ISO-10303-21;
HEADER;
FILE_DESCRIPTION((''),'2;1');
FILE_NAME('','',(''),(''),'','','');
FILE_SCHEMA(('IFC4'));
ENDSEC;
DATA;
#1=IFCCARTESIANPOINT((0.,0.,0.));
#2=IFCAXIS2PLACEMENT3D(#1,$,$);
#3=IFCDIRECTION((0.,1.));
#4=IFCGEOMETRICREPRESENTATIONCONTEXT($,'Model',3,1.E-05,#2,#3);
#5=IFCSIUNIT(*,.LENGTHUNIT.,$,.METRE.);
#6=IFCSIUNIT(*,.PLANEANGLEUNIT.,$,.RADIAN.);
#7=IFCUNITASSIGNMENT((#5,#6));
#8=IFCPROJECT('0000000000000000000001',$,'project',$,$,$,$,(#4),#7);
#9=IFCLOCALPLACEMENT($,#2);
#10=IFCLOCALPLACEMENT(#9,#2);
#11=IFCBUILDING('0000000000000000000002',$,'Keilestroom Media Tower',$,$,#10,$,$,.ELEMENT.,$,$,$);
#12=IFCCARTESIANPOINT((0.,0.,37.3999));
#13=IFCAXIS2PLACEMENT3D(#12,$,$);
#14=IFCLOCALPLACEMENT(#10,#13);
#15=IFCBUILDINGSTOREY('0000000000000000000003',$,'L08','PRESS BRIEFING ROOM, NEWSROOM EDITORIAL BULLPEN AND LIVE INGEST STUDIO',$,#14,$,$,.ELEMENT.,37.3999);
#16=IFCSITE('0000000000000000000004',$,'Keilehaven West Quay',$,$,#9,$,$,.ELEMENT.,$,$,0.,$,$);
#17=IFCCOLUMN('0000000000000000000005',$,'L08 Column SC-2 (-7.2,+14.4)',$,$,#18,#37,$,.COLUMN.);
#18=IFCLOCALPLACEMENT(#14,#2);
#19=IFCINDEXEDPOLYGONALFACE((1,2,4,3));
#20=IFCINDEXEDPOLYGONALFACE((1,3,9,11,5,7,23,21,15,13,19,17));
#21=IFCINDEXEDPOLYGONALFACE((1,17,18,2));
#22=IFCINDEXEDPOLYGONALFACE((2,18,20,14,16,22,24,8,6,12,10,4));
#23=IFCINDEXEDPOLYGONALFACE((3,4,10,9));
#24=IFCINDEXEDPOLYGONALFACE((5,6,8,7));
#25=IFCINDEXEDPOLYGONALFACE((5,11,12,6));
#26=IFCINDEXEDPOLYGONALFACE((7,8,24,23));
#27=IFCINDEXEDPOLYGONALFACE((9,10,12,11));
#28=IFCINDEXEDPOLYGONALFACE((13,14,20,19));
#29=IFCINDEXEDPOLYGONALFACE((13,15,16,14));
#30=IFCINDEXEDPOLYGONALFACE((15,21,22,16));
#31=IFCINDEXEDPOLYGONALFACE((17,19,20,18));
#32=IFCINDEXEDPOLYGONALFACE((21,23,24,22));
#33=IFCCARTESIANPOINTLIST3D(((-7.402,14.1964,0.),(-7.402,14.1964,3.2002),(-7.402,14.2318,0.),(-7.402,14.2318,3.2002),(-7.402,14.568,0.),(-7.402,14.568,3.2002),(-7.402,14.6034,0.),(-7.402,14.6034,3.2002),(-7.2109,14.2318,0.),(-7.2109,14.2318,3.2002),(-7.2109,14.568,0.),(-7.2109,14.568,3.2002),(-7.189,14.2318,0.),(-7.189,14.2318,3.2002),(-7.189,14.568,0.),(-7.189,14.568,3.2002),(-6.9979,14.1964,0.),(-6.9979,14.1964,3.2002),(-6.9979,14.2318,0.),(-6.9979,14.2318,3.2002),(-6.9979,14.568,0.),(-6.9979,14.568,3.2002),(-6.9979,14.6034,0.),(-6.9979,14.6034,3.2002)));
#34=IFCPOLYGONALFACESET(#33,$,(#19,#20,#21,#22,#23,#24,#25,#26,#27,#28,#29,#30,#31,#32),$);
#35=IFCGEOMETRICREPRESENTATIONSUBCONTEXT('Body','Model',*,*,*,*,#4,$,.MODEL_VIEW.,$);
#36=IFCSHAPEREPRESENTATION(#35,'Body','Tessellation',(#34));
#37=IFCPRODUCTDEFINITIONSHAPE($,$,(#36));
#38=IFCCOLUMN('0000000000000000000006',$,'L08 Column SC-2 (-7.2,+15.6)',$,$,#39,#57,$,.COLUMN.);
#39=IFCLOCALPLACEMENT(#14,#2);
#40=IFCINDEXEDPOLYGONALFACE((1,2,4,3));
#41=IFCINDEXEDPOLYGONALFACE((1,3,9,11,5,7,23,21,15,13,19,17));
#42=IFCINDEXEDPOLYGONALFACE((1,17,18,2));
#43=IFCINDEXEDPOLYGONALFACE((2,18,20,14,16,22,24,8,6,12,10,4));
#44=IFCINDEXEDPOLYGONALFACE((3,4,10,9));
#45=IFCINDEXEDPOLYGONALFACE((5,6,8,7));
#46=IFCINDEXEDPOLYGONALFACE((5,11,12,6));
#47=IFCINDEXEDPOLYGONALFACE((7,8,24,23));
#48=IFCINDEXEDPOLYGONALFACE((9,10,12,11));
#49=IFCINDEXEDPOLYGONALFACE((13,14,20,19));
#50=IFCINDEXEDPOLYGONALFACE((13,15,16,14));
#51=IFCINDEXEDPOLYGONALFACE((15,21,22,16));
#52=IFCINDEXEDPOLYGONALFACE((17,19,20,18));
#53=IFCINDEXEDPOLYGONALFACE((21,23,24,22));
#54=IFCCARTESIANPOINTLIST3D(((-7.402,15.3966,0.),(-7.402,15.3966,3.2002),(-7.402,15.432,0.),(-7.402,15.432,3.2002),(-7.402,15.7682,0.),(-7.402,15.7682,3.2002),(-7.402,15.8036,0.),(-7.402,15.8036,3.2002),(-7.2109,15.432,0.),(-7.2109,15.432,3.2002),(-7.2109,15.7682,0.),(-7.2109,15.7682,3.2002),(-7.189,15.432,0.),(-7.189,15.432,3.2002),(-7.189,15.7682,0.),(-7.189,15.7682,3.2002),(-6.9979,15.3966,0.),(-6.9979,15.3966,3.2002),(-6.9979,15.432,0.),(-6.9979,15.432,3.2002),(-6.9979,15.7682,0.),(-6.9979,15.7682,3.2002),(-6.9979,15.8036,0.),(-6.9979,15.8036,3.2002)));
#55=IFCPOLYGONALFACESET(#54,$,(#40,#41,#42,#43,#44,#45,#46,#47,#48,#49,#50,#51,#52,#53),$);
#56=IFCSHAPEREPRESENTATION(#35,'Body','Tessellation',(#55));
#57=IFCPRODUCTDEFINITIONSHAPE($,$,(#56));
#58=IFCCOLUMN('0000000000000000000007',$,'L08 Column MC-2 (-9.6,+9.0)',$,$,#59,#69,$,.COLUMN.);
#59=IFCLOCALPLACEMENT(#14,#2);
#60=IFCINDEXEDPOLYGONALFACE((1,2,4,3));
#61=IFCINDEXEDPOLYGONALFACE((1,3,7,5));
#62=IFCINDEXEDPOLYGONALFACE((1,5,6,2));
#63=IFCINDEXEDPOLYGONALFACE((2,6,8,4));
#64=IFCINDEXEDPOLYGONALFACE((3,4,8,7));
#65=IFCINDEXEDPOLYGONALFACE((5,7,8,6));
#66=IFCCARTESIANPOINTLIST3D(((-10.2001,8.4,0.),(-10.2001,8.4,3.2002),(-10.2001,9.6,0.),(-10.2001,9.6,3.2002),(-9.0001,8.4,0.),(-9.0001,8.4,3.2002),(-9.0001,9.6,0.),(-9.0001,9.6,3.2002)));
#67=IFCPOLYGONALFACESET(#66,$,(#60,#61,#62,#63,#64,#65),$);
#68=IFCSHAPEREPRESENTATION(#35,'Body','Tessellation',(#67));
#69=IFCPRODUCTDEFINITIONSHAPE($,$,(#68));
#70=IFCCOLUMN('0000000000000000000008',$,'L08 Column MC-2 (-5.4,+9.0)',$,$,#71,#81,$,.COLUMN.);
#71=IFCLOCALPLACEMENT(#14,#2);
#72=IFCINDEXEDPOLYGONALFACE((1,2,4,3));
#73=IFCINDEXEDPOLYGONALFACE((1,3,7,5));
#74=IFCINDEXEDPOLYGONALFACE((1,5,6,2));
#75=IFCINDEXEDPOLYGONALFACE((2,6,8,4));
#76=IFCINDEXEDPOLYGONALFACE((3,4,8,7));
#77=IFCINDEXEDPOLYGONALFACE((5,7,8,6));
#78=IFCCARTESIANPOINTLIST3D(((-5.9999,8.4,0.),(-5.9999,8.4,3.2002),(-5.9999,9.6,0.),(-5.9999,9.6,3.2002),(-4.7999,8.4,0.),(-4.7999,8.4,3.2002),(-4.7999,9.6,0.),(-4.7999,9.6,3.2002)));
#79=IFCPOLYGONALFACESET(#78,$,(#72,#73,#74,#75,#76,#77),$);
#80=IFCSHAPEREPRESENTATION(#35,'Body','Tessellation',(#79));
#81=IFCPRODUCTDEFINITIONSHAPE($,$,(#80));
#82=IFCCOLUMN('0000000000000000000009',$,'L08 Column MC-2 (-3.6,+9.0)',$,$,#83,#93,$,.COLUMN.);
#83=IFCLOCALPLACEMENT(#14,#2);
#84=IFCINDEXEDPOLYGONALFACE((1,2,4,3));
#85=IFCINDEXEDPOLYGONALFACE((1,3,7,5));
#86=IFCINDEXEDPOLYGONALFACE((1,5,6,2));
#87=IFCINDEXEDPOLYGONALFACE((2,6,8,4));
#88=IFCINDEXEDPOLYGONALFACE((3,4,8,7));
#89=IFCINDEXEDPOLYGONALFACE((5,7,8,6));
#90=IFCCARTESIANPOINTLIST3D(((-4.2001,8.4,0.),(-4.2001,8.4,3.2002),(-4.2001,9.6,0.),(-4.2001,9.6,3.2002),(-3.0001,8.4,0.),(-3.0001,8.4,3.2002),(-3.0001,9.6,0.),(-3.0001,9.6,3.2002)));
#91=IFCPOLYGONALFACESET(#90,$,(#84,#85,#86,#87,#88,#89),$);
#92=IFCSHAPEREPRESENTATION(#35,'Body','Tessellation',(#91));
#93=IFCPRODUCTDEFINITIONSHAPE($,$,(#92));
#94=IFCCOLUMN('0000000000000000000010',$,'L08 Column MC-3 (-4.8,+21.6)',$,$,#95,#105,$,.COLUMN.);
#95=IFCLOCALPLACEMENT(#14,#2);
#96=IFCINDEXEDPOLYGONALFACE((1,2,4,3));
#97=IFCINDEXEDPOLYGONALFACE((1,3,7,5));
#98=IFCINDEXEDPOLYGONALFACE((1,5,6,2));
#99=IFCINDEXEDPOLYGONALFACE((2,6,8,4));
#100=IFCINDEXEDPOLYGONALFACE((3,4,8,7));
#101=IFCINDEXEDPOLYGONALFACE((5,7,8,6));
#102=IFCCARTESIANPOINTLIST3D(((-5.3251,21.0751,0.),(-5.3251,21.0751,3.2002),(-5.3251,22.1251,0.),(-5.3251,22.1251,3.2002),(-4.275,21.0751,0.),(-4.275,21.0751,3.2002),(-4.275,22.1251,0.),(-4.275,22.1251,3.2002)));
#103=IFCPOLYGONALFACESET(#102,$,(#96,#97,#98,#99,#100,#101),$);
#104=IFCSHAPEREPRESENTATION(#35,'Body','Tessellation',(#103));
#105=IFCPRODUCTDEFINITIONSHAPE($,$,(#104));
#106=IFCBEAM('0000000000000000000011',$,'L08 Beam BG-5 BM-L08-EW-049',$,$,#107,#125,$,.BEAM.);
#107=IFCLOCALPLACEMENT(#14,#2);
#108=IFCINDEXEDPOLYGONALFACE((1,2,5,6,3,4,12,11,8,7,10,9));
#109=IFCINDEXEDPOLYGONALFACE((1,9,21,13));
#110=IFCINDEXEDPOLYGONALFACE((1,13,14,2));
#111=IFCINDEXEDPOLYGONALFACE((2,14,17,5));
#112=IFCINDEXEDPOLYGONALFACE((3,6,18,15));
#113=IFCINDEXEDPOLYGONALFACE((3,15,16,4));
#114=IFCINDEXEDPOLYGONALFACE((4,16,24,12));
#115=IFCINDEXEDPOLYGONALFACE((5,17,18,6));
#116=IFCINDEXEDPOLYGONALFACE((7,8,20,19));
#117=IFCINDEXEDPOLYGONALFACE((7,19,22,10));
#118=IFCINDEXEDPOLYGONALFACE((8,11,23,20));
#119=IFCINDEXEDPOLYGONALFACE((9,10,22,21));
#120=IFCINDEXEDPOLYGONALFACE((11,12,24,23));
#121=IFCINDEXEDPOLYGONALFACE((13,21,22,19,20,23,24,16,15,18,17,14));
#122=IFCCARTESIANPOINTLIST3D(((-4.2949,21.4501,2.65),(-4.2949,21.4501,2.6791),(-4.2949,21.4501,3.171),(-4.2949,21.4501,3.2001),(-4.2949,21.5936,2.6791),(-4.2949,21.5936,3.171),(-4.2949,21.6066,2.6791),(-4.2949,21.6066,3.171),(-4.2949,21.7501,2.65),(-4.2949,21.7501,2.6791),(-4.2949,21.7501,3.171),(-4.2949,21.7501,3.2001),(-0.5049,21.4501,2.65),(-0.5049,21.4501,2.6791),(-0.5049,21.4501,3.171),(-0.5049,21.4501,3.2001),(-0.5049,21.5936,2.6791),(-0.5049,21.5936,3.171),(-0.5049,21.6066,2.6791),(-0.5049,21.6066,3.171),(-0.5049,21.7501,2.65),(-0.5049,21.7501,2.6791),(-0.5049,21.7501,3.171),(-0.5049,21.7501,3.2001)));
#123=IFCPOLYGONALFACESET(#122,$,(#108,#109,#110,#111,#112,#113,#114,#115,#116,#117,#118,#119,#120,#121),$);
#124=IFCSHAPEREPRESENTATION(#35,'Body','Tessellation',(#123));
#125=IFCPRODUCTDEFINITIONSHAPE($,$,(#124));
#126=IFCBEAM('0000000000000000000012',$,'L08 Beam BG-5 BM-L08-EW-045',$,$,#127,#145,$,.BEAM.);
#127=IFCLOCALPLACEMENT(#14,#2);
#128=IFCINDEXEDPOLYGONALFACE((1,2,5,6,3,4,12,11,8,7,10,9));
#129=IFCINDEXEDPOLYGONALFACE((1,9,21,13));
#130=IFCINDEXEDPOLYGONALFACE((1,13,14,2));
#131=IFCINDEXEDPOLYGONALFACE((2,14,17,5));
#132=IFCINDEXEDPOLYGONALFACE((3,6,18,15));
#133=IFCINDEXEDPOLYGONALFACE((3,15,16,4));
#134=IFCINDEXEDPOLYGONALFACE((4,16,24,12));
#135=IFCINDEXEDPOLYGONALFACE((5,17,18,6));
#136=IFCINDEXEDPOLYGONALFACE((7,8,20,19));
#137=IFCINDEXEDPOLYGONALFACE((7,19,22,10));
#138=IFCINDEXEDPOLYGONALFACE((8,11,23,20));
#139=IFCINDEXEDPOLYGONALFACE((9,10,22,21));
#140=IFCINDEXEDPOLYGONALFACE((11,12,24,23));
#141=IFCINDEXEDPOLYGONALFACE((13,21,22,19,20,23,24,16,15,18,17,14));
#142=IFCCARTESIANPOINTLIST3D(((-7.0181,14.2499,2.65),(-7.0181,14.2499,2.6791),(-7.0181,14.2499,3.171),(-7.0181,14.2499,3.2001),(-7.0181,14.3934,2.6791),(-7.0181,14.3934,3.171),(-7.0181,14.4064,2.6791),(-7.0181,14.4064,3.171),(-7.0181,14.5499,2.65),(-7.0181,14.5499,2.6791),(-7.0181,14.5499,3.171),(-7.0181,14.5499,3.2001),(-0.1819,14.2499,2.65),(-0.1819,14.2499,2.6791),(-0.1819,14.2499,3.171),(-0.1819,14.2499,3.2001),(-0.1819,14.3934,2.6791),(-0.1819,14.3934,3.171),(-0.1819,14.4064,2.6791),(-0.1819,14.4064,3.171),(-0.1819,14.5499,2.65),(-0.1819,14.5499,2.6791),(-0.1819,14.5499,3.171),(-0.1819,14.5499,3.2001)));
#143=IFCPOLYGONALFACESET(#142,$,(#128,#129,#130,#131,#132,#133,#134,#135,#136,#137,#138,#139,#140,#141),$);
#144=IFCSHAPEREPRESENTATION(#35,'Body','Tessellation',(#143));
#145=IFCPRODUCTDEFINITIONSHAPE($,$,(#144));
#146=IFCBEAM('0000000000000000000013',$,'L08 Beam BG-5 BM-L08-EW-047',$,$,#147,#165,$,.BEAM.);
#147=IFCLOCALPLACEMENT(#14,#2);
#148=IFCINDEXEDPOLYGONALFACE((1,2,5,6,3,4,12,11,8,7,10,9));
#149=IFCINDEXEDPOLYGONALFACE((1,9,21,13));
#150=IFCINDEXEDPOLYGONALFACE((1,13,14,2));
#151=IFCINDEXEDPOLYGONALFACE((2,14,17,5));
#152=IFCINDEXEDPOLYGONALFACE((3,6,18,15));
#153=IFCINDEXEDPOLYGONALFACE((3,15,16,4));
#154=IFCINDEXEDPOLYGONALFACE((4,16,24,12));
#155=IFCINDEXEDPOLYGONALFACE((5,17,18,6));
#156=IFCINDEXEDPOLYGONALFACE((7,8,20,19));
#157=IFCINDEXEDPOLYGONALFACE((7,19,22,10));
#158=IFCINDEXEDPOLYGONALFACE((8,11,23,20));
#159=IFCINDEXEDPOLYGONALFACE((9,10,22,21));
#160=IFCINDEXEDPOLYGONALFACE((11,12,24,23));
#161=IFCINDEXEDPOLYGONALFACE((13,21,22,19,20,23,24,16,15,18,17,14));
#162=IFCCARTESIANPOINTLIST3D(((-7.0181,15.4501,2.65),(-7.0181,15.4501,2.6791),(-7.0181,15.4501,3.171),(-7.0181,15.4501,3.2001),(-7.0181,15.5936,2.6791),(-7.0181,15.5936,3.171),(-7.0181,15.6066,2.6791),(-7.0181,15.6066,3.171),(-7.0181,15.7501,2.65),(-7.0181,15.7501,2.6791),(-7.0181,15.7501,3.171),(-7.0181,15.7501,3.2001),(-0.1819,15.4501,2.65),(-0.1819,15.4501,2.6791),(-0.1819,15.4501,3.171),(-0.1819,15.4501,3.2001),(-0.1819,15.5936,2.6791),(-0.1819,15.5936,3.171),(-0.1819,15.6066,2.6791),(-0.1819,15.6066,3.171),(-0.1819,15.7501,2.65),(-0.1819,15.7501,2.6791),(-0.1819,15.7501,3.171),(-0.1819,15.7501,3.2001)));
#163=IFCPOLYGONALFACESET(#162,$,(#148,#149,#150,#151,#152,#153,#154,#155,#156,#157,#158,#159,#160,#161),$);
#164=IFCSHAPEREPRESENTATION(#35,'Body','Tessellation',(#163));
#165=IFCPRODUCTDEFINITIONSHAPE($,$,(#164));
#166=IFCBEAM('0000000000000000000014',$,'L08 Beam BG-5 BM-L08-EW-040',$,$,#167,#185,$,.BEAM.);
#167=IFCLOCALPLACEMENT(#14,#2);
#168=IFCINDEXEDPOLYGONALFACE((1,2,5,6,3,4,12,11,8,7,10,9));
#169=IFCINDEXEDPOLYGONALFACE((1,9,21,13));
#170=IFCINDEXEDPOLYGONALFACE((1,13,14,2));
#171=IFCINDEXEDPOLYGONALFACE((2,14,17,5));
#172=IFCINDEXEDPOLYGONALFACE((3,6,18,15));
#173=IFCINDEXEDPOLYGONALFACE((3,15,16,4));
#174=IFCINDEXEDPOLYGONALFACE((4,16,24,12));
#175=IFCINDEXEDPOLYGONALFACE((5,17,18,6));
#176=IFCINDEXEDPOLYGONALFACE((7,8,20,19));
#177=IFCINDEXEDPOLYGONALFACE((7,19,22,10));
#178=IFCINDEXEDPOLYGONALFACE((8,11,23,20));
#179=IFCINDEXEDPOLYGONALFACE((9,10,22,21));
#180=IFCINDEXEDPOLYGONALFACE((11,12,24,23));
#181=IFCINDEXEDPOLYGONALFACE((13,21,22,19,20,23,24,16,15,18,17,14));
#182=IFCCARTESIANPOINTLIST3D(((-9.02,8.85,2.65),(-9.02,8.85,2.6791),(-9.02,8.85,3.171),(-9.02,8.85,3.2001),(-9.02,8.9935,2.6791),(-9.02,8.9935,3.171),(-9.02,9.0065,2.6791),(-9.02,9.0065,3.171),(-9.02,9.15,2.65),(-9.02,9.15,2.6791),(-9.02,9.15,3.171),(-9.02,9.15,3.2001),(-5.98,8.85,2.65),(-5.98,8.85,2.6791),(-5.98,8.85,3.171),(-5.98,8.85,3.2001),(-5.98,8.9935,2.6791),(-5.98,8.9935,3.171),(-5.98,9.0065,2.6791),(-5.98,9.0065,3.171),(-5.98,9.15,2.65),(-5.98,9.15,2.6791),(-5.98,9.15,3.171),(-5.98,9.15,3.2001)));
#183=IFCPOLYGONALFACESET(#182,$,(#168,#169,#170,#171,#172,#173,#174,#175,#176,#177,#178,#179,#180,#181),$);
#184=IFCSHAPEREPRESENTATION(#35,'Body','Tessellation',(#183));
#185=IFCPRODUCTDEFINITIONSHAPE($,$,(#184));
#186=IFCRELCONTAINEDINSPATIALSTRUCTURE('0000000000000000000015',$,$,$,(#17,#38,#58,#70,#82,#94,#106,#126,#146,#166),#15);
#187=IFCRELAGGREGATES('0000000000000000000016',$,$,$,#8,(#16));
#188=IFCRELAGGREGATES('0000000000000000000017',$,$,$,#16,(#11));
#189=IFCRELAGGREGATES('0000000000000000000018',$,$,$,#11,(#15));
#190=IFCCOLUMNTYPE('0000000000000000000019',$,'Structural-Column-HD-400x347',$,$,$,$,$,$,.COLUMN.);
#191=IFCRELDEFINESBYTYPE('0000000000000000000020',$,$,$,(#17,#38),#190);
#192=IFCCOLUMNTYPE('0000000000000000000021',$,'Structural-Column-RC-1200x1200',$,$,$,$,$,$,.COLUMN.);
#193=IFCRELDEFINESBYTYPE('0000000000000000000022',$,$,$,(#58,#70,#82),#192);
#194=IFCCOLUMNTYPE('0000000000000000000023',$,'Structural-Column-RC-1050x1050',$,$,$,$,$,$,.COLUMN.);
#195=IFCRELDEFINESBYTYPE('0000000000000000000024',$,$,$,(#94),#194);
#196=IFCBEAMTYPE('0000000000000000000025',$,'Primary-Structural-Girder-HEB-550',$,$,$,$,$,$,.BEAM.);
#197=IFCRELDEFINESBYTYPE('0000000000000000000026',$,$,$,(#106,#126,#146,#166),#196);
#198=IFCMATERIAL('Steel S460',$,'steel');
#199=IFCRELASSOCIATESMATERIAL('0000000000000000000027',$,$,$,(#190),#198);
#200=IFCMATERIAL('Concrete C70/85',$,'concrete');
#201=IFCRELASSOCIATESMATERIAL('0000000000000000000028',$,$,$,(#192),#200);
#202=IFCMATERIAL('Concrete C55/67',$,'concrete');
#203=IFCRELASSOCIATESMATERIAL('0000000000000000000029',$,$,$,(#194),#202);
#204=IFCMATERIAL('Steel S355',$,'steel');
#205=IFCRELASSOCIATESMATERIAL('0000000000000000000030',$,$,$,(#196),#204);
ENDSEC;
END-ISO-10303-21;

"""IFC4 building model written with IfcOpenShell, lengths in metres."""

from ifc_helpers import new_model, si_unit, direction, frame, origin, origin_2d, place, context, subcontext, project, spatial, rectangle, i_section, extrude, source, transform, mapped, material, material_profile, profile_set, type_object, element, save


model = new_model("IFC4")

# Units and contexts
model_context = context("Model", 3, precision=1e-05, world=origin(), true_north=direction((0.0, 1.0)))
body_context = subcontext(model_context, "Body", "Model", "MODEL_VIEW")
ifc_project = project(units=[si_unit("LENGTHUNIT", "METRE"), si_unit("PLANEANGLEUNIT", "RADIAN")], contexts=[model_context])

# Site, building, storey
site_placement = place(None, origin())
site = spatial("IfcSite", under=ifc_project, at=site_placement, Name="Keilehaven West Quay", CompositionType="ELEMENT", RefElevation=0.0)
building_placement = place(site_placement, origin())
building = spatial("IfcBuilding", under=site, at=building_placement, Name="Keilestroom Media Tower", CompositionType="ELEMENT")
storey_placement = place(building_placement, frame((0.0, 0.0, 37.3999)))
storey = spatial("IfcBuildingStorey", under=building, at=storey_placement, Name="L08", Description="PRESS BRIEFING ROOM, NEWSROOM EDITORIAL BULLPEN AND LIVE INGEST STUDIO", CompositionType="ELEMENT", Elevation=37.3999)

# Columns
ifc_material_1 = material(Name="Steel S460", Category="steel")
ifc_material_profile_1 = material_profile(ifc_material_1, i_section(OverallWidth=0.4041, OverallDepth=0.407, WebThickness=0.022, FlangeThickness=0.0354, at=origin_2d()), Name="HD 400x347")
ifc_profile_set_1 = profile_set([ifc_material_profile_1], Name="Steel S460")
column_type_1 = type_object("IfcColumnType", Name="Structural-Column-HD-400x347", PredefinedType="COLUMN", material=ifc_profile_set_1)
shared_shape_1 = source(origin(), body_context, "Body", "SweptSolid", [
    extrude(i_section(OverallWidth=0.4041, OverallDepth=0.407, WebThickness=0.022, FlangeThickness=0.0354, at=origin_2d()), origin(), (0.0, 0.0, 1.0), 3.2002),
])
for number, where, z_axis, x_axis, name in (
    (1, (-7.2, 14.3999, 0.0), (0.0, 0.0, 1.0), (1.0, 0.0, 0.0), "L08 Column SC-2 (-7.2,+14.4)"),
    (2, (-7.2, 15.6001, 0.0), (0.0, 0.0, 1.0), (1.0, 0.0, 0.0), "L08 Column SC-2 (-7.2,+15.6)"),
):
    element("IfcColumn", number, at=place(storey_placement, frame(where, z_axis=z_axis, x_axis=x_axis)), inside=storey, type_object=column_type_1, Name=name, PredefinedType="COLUMN", context=body_context, shape_type="MappedRepresentation", body=[
        mapped(shared_shape_1, transform((0.0, 0.0, 0.0), x_axis=(1.0, 0.0, 0.0), y_axis=(0.0, 1.0, 0.0), z_axis=(0.0, 0.0, 1.0), scale=1.0)),
    ])
ifc_material_2 = material(Name="Concrete C70/85", Category="concrete")
ifc_material_profile_2 = material_profile(ifc_material_2, rectangle(XDim=1.2, YDim=1.2, at=origin_2d()), Name="RC 1200x1200")
ifc_profile_set_2 = profile_set([ifc_material_profile_2], Name="Concrete C70/85")
column_type_2 = type_object("IfcColumnType", Name="Structural-Column-RC-1200x1200", PredefinedType="COLUMN", material=ifc_profile_set_2)
shared_shape_2 = source(origin(), body_context, "Body", "SweptSolid", [
    extrude(rectangle(XDim=1.2, YDim=1.2, at=origin_2d()), origin(), (0.0, 0.0, 1.0), 3.2002),
])
for number, where, z_axis, x_axis, name in (
    (3, (-9.6001, 9.0, 0.0), (0.0, 0.0, 1.0), (1.0, 0.0, 0.0), "L08 Column MC-2 (-9.6,+9.0)"),
    (4, (-5.3999, 9.0, 0.0), (0.0, 0.0, 1.0), (1.0, 0.0, 0.0), "L08 Column MC-2 (-5.4,+9.0)"),
    (5, (-3.6001, 9.0, 0.0), (0.0, 0.0, 1.0), (1.0, 0.0, 0.0), "L08 Column MC-2 (-3.6,+9.0)"),
):
    element("IfcColumn", number, at=place(storey_placement, frame(where, z_axis=z_axis, x_axis=x_axis)), inside=storey, type_object=column_type_2, Name=name, PredefinedType="COLUMN", context=body_context, shape_type="MappedRepresentation", body=[
        mapped(shared_shape_2, transform((0.0, 0.0, 0.0), x_axis=(1.0, 0.0, 0.0), y_axis=(0.0, 1.0, 0.0), z_axis=(0.0, 0.0, 1.0), scale=1.0)),
    ])
ifc_material_3 = material(Name="Concrete C55/67", Category="concrete")
ifc_material_profile_3 = material_profile(ifc_material_3, rectangle(XDim=1.05, YDim=1.05, at=origin_2d()), Name="RC 1050x1050")
ifc_profile_set_3 = profile_set([ifc_material_profile_3], Name="Concrete C55/67")
column_type_3 = type_object("IfcColumnType", Name="Structural-Column-RC-1050x1050", PredefinedType="COLUMN", material=ifc_profile_set_3)
shared_shape_3 = source(origin(), body_context, "Body", "SweptSolid", [
    extrude(rectangle(XDim=1.05, YDim=1.05, at=origin_2d()), origin(), (0.0, 0.0, 1.0), 3.2002),
])
column_placement = place(storey_placement, frame((-4.8, 21.6001, 0.0), z_axis=(0.0, 0.0, 1.0), x_axis=(1.0, 0.0, 0.0)))
element("IfcColumn", 6, at=column_placement, inside=storey, type_object=column_type_3, Name="L08 Column MC-3 (-4.8,+21.6)", PredefinedType="COLUMN", context=body_context, shape_type="MappedRepresentation", body=[
    mapped(shared_shape_3, transform((0.0, 0.0, 0.0), x_axis=(1.0, 0.0, 0.0), y_axis=(0.0, 1.0, 0.0), z_axis=(0.0, 0.0, 1.0), scale=1.0)),
])

# Beams
ifc_material_4 = material(Name="Steel S355", Category="steel")
ifc_material_profile_4 = material_profile(ifc_material_4, i_section(OverallWidth=0.3, OverallDepth=0.55, WebThickness=0.0129, FlangeThickness=0.0291, at=origin_2d()), Name="HEB 550")
ifc_profile_set_4 = profile_set([ifc_material_profile_4], Name="Steel S355")
beam_type = type_object("IfcBeamType", Name="Primary-Structural-Girder-HEB-550", PredefinedType="BEAM", material=ifc_profile_set_4)
shared_shape_4 = source(origin(), body_context, "Body", "SweptSolid", [
    extrude(i_section(OverallWidth=0.3, OverallDepth=0.55, WebThickness=0.0129, FlangeThickness=0.0291, at=origin_2d()), origin(), (0.0, 0.0, 1.0), 3.79),
])
beam_1_placement = place(storey_placement, frame((-4.2949, 21.6001, 2.925), z_axis=(1.0, 0.0, 0.0), x_axis=(0.0, 1.0, 0.0)))
element("IfcBeam", 7, at=beam_1_placement, inside=storey, type_object=beam_type, Name="L08 Beam BG-5 BM-L08-EW-049", PredefinedType="BEAM", context=body_context, shape_type="MappedRepresentation", body=[
    mapped(shared_shape_4, transform((0.0, 0.0, 0.0), x_axis=(1.0, 0.0, 0.0), y_axis=(0.0, 1.0, 0.0), z_axis=(0.0, 0.0, 1.0), scale=1.0)),
])
shared_shape_5 = source(origin(), body_context, "Body", "SweptSolid", [
    extrude(i_section(OverallWidth=0.3, OverallDepth=0.55, WebThickness=0.0129, FlangeThickness=0.0291, at=origin_2d()), origin(), (0.0, 0.0, 1.0), 6.8362),
])
for number, where, z_axis, x_axis, name in (
    (8, (-7.0181, 14.3999, 2.925), (1.0, 0.0, 0.0), (0.0, 1.0, 0.0), "L08 Beam BG-5 BM-L08-EW-045"),
    (9, (-7.0181, 15.6001, 2.925), (1.0, 0.0, 0.0), (0.0, 1.0, 0.0), "L08 Beam BG-5 BM-L08-EW-047"),
):
    element("IfcBeam", number, at=place(storey_placement, frame(where, z_axis=z_axis, x_axis=x_axis)), inside=storey, type_object=beam_type, Name=name, PredefinedType="BEAM", context=body_context, shape_type="MappedRepresentation", body=[
        mapped(shared_shape_5, transform((0.0, 0.0, 0.0), x_axis=(1.0, 0.0, 0.0), y_axis=(0.0, 1.0, 0.0), z_axis=(0.0, 0.0, 1.0), scale=1.0)),
    ])
shared_shape_6 = source(origin(), body_context, "Body", "SweptSolid", [
    extrude(i_section(OverallWidth=0.3, OverallDepth=0.55, WebThickness=0.0129, FlangeThickness=0.0291, at=origin_2d()), origin(), (0.0, 0.0, 1.0), 3.04),
])
beam_2_placement = place(storey_placement, frame((-9.02, 9.0, 2.925), z_axis=(1.0, 0.0, 0.0), x_axis=(0.0, 1.0, 0.0)))
element("IfcBeam", 10, at=beam_2_placement, inside=storey, type_object=beam_type, Name="L08 Beam BG-5 BM-L08-EW-040", PredefinedType="BEAM", context=body_context, shape_type="MappedRepresentation", body=[
    mapped(shared_shape_6, transform((0.0, 0.0, 0.0), x_axis=(1.0, 0.0, 0.0), y_axis=(0.0, 1.0, 0.0), z_axis=(0.0, 0.0, 1.0), scale=1.0)),
])

save(model, "model.ifc")
